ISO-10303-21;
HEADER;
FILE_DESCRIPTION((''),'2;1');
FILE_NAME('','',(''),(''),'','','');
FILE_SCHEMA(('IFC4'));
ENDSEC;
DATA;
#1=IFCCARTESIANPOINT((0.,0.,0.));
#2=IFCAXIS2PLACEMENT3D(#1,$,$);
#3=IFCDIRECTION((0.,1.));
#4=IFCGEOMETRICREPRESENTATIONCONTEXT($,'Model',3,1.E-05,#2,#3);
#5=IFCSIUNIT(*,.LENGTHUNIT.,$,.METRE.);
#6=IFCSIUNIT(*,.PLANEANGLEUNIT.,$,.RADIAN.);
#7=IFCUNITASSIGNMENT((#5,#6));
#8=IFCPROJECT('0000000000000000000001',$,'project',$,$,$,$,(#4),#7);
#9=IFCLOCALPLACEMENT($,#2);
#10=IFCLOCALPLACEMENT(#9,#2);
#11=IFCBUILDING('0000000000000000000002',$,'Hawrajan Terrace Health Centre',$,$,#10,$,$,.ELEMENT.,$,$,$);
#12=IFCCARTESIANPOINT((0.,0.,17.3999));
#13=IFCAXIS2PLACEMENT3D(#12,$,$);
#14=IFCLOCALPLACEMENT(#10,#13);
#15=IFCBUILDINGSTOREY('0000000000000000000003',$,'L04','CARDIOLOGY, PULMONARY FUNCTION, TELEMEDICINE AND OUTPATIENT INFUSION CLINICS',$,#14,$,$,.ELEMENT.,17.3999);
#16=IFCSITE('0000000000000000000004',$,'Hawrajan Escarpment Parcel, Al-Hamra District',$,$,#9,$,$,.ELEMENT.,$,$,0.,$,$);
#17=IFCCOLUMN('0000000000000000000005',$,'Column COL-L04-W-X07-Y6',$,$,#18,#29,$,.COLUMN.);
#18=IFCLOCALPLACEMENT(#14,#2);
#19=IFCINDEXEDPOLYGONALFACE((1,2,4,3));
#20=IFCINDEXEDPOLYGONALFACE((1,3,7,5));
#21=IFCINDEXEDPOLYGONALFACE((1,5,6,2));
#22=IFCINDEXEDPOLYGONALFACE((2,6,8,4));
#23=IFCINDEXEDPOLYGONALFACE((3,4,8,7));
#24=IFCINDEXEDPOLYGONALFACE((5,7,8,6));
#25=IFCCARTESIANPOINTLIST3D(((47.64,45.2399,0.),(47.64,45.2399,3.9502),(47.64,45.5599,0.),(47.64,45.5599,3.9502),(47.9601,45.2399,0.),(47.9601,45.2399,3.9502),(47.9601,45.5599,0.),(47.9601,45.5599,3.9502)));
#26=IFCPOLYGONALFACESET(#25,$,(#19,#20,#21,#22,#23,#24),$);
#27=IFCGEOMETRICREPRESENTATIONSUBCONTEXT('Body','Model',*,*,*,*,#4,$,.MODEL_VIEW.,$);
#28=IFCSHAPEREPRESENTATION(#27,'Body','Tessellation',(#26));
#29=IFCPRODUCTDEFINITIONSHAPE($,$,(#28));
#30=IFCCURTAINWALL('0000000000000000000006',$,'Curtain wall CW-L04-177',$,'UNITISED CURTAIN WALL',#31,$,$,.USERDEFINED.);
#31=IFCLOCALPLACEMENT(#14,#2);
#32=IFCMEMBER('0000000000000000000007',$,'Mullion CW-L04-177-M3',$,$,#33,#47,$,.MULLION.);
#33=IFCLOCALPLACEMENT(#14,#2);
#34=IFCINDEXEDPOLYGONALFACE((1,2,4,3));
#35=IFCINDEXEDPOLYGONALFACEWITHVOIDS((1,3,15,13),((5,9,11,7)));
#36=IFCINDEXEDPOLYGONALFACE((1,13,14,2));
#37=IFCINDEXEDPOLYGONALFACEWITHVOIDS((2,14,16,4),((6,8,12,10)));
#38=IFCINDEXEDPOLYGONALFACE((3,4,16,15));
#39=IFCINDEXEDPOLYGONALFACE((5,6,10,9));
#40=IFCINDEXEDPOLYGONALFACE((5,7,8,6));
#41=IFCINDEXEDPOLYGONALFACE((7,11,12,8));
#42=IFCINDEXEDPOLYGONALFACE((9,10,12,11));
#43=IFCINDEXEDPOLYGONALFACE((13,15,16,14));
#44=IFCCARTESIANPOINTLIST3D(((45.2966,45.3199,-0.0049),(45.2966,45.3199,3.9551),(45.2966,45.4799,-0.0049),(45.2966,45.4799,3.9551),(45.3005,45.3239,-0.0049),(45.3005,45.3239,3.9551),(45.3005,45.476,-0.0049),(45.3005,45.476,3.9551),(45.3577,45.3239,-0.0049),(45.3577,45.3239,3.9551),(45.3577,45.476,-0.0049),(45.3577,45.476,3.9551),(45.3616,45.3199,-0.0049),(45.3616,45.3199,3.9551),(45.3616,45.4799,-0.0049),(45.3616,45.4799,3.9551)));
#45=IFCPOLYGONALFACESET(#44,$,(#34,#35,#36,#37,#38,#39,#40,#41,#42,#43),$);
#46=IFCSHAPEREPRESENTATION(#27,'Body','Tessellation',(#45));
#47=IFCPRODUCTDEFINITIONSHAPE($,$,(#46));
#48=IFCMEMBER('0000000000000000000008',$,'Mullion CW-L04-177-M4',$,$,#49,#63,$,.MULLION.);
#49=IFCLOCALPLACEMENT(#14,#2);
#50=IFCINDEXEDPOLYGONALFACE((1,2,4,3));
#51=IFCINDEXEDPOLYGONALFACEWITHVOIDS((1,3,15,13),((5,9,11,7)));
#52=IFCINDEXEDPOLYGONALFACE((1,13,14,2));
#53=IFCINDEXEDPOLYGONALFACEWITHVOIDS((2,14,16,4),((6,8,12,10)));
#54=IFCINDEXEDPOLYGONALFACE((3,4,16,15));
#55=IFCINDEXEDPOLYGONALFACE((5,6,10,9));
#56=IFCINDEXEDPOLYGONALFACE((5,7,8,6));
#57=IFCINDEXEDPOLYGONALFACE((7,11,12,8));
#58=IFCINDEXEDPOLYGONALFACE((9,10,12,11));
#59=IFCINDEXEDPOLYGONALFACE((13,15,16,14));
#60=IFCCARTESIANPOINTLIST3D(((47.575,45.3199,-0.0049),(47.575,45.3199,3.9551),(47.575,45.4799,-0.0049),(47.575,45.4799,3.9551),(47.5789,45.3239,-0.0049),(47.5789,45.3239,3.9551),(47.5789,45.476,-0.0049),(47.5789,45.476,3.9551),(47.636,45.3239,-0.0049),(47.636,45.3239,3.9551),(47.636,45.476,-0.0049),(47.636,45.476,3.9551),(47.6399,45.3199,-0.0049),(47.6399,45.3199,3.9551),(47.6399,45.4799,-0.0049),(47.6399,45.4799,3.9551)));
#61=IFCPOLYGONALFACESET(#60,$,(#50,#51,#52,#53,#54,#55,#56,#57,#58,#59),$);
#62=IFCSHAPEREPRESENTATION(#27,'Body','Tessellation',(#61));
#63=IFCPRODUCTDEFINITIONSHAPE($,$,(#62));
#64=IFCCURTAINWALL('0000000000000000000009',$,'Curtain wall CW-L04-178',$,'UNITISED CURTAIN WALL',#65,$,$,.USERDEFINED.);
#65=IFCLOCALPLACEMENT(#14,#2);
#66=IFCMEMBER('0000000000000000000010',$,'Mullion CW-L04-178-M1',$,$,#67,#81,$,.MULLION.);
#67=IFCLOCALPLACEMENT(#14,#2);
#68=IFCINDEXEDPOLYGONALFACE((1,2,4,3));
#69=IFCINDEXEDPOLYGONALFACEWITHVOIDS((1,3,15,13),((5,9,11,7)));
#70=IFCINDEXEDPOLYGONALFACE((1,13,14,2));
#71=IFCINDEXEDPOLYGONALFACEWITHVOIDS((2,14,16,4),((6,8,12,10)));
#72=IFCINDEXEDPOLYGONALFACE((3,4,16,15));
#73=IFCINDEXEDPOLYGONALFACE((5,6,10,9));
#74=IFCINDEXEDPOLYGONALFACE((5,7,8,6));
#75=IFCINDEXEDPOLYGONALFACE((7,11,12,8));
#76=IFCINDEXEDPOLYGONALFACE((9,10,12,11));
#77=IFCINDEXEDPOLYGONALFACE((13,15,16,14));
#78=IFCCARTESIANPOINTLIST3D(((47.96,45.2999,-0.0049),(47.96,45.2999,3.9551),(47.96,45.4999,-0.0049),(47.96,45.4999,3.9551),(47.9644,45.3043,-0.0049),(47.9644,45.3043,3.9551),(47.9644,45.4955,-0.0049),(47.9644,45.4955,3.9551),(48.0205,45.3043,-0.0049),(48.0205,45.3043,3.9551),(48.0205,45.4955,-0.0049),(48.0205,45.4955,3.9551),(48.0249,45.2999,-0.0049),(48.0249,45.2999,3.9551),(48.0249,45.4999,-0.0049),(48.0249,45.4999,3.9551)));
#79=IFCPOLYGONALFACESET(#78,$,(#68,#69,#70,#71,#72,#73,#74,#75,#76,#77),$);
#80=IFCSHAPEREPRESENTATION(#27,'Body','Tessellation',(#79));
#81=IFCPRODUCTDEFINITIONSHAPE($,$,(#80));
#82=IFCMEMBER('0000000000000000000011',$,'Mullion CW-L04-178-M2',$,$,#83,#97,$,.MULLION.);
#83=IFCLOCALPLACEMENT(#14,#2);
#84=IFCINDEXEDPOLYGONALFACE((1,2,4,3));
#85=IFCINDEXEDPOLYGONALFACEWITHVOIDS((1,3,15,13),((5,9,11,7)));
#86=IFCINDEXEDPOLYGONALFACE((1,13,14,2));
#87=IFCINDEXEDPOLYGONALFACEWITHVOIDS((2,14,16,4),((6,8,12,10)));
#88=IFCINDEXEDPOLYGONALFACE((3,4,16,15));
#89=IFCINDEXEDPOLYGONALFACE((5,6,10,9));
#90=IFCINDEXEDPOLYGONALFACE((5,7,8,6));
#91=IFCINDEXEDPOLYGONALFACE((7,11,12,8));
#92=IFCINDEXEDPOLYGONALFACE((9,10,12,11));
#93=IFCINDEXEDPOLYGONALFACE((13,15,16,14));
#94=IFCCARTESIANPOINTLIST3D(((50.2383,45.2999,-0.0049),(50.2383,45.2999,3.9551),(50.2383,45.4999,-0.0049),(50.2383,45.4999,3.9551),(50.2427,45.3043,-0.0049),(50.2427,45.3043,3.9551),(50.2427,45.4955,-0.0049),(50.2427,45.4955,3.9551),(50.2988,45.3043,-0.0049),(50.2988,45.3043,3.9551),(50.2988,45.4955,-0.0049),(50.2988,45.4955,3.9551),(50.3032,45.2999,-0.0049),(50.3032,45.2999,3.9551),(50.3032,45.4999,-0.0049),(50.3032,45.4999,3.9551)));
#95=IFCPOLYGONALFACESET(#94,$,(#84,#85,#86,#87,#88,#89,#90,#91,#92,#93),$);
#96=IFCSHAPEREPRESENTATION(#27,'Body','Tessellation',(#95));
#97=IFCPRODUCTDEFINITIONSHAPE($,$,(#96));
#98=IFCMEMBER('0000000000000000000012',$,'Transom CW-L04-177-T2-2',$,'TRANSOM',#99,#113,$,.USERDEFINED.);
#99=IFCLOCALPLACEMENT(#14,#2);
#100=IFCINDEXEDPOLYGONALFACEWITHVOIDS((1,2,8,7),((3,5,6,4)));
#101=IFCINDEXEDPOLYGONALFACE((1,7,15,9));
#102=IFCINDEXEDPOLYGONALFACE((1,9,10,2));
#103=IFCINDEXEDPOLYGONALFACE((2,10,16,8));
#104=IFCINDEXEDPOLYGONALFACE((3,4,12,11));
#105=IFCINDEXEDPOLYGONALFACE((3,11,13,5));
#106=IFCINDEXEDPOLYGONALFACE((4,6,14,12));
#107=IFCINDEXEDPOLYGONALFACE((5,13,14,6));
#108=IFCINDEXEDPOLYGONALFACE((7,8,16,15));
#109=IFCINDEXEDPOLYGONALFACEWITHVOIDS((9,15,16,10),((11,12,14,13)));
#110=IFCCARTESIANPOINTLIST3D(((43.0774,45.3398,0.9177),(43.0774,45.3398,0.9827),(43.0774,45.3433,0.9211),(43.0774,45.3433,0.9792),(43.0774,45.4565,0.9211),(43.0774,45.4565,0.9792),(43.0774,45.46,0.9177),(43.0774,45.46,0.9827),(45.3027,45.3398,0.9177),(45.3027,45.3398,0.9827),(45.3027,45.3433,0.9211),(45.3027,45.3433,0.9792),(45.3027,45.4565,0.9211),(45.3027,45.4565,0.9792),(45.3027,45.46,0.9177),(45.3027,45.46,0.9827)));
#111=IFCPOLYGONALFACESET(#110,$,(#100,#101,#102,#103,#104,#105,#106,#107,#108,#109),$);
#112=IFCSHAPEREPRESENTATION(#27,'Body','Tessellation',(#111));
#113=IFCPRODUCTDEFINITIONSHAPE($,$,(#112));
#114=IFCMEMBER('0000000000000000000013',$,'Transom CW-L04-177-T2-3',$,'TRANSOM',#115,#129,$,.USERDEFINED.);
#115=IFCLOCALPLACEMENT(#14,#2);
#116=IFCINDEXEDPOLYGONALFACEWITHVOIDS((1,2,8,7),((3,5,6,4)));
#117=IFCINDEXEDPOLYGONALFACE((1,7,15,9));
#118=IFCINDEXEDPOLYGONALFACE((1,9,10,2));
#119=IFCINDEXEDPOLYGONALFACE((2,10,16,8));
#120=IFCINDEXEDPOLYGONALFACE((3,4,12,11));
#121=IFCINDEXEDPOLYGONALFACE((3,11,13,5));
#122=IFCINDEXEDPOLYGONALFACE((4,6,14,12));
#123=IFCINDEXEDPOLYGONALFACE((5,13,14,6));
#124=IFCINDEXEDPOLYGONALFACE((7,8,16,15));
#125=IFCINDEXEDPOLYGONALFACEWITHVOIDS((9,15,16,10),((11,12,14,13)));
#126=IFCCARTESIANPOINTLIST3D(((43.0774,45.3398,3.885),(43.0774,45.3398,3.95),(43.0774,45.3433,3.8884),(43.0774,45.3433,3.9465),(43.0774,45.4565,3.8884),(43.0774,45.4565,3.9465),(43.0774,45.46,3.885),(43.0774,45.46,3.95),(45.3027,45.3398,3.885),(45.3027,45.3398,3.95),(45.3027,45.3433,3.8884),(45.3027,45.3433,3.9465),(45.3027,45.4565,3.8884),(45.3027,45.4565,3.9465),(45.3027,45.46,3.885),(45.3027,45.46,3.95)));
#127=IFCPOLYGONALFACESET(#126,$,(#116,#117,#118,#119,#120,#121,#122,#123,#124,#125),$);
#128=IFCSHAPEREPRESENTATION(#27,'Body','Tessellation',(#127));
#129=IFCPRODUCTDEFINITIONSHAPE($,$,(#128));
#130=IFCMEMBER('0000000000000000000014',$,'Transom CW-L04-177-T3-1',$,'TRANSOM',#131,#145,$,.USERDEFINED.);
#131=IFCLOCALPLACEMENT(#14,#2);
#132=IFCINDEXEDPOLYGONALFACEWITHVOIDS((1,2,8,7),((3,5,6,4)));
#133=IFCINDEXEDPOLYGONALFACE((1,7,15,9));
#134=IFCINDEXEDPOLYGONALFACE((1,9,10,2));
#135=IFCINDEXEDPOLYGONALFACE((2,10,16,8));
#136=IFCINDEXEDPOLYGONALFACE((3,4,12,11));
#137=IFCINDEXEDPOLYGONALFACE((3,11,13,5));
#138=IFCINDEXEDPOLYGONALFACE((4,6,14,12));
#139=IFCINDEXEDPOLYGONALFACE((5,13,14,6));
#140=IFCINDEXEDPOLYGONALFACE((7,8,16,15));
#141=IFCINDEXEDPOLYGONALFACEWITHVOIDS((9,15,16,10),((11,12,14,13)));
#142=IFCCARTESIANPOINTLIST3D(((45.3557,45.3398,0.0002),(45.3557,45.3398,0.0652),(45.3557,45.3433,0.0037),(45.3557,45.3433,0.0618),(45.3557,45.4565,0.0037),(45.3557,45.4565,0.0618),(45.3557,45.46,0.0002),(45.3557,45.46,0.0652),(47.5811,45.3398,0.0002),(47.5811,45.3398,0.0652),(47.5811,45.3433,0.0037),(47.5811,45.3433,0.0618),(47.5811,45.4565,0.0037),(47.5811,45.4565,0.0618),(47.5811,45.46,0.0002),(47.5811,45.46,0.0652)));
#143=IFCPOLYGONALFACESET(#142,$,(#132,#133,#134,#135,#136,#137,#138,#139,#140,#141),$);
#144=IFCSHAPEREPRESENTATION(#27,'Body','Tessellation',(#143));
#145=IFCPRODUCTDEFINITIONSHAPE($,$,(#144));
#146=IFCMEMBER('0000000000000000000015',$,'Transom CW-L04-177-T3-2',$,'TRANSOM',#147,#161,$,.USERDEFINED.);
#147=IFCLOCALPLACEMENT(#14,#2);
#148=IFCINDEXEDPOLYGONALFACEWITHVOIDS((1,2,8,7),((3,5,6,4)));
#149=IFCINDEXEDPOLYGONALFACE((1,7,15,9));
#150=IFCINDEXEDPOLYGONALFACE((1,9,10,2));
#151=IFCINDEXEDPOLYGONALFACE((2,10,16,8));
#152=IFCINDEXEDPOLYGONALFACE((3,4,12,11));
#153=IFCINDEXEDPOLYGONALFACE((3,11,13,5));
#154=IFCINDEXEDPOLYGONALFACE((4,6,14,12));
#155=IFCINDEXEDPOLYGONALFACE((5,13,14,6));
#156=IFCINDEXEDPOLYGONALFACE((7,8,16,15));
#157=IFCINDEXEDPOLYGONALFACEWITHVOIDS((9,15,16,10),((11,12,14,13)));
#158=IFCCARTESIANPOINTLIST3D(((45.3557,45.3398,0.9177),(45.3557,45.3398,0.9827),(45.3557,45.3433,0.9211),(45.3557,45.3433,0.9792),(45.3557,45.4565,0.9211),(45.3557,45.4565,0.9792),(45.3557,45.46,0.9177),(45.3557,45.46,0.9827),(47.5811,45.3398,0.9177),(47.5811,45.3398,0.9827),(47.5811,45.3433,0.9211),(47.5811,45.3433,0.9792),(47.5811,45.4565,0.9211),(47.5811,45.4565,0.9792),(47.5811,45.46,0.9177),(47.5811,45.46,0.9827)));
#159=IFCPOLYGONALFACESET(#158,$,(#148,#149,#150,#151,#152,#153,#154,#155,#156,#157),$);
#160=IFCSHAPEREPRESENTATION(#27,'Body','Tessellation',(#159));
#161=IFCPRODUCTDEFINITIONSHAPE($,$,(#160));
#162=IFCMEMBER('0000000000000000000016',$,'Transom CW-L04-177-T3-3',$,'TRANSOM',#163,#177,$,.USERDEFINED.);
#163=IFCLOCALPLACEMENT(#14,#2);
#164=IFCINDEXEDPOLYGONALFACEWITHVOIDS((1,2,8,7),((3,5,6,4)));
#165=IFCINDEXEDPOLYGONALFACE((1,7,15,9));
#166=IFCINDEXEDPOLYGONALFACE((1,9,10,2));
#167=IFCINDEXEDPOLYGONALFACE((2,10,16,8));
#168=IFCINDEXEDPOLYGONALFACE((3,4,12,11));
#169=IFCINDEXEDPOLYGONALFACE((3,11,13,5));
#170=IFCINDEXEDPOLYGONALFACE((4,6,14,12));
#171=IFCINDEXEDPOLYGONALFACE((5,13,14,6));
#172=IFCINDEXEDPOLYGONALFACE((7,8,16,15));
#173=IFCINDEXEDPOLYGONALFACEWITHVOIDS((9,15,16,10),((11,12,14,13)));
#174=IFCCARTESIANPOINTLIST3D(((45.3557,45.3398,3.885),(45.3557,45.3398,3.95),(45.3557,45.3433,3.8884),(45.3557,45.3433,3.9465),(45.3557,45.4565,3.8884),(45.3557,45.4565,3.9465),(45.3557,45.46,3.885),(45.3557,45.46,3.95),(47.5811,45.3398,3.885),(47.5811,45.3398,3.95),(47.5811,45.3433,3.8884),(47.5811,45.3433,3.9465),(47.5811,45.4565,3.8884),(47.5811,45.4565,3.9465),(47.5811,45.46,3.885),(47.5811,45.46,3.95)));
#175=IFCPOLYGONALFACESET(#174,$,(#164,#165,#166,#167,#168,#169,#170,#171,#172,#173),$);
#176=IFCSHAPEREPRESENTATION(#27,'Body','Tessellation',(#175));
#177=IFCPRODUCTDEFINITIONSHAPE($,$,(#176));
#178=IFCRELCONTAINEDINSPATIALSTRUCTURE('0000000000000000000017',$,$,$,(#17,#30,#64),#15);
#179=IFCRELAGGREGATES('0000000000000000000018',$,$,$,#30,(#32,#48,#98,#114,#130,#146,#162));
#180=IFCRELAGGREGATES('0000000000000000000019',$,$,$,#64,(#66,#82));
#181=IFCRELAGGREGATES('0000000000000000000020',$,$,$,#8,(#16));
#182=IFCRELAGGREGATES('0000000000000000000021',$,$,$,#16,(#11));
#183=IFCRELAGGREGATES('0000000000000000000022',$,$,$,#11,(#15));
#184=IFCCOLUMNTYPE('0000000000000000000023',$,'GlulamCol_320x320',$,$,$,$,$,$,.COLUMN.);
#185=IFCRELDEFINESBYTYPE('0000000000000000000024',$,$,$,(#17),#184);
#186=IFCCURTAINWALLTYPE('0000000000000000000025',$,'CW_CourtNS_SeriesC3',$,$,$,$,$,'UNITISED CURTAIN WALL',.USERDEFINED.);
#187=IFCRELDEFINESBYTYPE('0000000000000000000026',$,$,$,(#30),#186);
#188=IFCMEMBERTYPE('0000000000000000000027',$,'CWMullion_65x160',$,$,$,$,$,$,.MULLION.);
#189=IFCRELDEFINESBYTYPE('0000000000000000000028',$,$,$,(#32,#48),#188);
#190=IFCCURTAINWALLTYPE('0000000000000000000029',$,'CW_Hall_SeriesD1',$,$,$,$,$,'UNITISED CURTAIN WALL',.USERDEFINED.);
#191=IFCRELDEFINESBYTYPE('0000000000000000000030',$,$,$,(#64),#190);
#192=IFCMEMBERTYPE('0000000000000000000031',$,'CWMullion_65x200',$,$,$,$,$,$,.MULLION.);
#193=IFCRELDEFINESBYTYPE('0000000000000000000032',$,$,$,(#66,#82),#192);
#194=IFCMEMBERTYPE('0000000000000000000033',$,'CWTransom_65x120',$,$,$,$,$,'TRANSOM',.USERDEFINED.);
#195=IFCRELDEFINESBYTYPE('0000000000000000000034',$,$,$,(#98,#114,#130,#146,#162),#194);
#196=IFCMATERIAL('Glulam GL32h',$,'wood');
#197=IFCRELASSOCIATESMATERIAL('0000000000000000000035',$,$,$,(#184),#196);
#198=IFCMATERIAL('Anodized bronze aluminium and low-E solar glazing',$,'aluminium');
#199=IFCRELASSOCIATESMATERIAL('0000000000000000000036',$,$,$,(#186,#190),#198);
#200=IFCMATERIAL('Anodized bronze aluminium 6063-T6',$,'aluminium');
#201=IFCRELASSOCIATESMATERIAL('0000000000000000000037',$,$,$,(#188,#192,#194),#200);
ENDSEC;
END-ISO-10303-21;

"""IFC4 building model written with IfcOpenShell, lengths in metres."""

from ifc_helpers import new_model, si_unit, direction, frame, origin, origin_2d, place, context, subcontext, project, spatial, rectangle, hollow_rectangle, extrude, material, material_profile, profile_set, type_object, element, aggregate, save


model = new_model("IFC4")

# Units and contexts
model_context = context("Model", 3, precision=1e-05, world=origin(), true_north=direction((0.0, 1.0)))
body_context = subcontext(model_context, "Body", "Model", "MODEL_VIEW")
ifc_project = project(units=[si_unit("LENGTHUNIT", "METRE"), si_unit("PLANEANGLEUNIT", "RADIAN")], contexts=[model_context])

# Site, building, storey
site_placement = place(None, origin())
site = spatial("IfcSite", under=ifc_project, at=site_placement, Name="Hawrajan Escarpment Parcel, Al-Hamra District", CompositionType="ELEMENT", RefElevation=0.0)
building_placement = place(site_placement, origin())
building = spatial("IfcBuilding", under=site, at=building_placement, Name="Hawrajan Terrace Health Centre", CompositionType="ELEMENT")
storey_placement = place(building_placement, frame((0.0, 0.0, 17.3999)))
storey = spatial("IfcBuildingStorey", under=building, at=storey_placement, Name="L04", Description="CARDIOLOGY, PULMONARY FUNCTION, TELEMEDICINE AND OUTPATIENT INFUSION CLINICS", CompositionType="ELEMENT", Elevation=17.3999)

# Column
ifc_material_1 = material(Name="Glulam GL32h", Category="wood")
ifc_material_profile_1 = material_profile(ifc_material_1, rectangle(XDim=0.3201, YDim=0.3201, at=origin_2d()), Name="GL 320x320")
ifc_profile_set_1 = profile_set([ifc_material_profile_1], Name="Glulam GL32h")
column_type = type_object("IfcColumnType", Name="GlulamCol_320x320", PredefinedType="COLUMN", material=ifc_profile_set_1)
column_placement = place(storey_placement, frame((47.8, 45.3999, 0.0), z_axis=(0.0, 0.0, 1.0), x_axis=(1.0, 0.0, 0.0)))
element("IfcColumn", 1, at=column_placement, inside=storey, type_object=column_type, Name="Column COL-L04-W-X07-Y6", PredefinedType="COLUMN", context=body_context, shape_type="SweptSolid", body=[
    extrude(rectangle(XDim=0.3201, YDim=0.3201, at=origin_2d()), origin(), (0.0, 0.0, 1.0), 3.9502),
])

# Curtain walls, members
ifc_material_2 = material(Name="Anodized bronze aluminium and low-E solar glazing", Category="aluminium")
curtain_wall_type_1 = type_object("IfcCurtainWallType", Name="CW_CourtNS_SeriesC3", ElementType="UNITISED CURTAIN WALL", PredefinedType="USERDEFINED", material=ifc_material_2)
curtain_wall_1_placement = place(storey_placement, origin())
curtain_wall_1 = element("IfcCurtainWall", 2, at=curtain_wall_1_placement, inside=storey, type_object=curtain_wall_type_1, Name="Curtain wall CW-L04-177", ObjectType="UNITISED CURTAIN WALL", PredefinedType="USERDEFINED")
ifc_material_3 = material(Name="Anodized bronze aluminium 6063-T6", Category="aluminium")
ifc_material_profile_2 = material_profile(ifc_material_3, hollow_rectangle(XDim=0.0649, YDim=0.1599, WallThickness=0.0039, at=origin_2d()), Name="CW MUL 65x160")
ifc_profile_set_2 = profile_set([ifc_material_profile_2], Name="Anodized bronze aluminium 6063-T6")
member_type_1 = type_object("IfcMemberType", Name="CWMullion_65x160", PredefinedType="MULLION", material=ifc_profile_set_2)
member_1_placement = place(storey_placement, frame((45.3291, 45.3999, -0.0049), z_axis=(0.0, 0.0, 1.0), x_axis=(1.0, 0.0, 0.0)))
member_1 = element("IfcMember", 3, at=member_1_placement, type_object=member_type_1, Name="Mullion CW-L04-177-M3", PredefinedType="MULLION", context=body_context, shape_type="SweptSolid", body=[
    extrude(hollow_rectangle(XDim=0.0649, YDim=0.1599, WallThickness=0.0039, at=origin_2d()), origin(), (0.0, 0.0, 1.0), 3.96),
])
member_2_placement = place(storey_placement, frame((47.6074, 45.3999, -0.0049), z_axis=(0.0, 0.0, 1.0), x_axis=(1.0, 0.0, 0.0)))
member_2 = element("IfcMember", 4, at=member_2_placement, type_object=member_type_1, Name="Mullion CW-L04-177-M4", PredefinedType="MULLION", context=body_context, shape_type="SweptSolid", body=[
    extrude(hollow_rectangle(XDim=0.0649, YDim=0.1599, WallThickness=0.0039, at=origin_2d()), origin(), (0.0, 0.0, 1.0), 3.96),
])
curtain_wall_type_2 = type_object("IfcCurtainWallType", Name="CW_Hall_SeriesD1", ElementType="UNITISED CURTAIN WALL", PredefinedType="USERDEFINED", material=ifc_material_2)
curtain_wall_2_placement = place(storey_placement, origin())
curtain_wall_2 = element("IfcCurtainWall", 5, at=curtain_wall_2_placement, inside=storey, type_object=curtain_wall_type_2, Name="Curtain wall CW-L04-178", ObjectType="UNITISED CURTAIN WALL", PredefinedType="USERDEFINED")
ifc_material_profile_3 = material_profile(ifc_material_3, hollow_rectangle(XDim=0.0649, YDim=0.2, WallThickness=0.0044, at=origin_2d()), Name="CW MUL 65x200")
ifc_profile_set_3 = profile_set([ifc_material_profile_3], Name="Anodized bronze aluminium 6063-T6")
member_type_2 = type_object("IfcMemberType", Name="CWMullion_65x200", PredefinedType="MULLION", material=ifc_profile_set_3)
member_3_placement = place(storey_placement, frame((47.9924, 45.3999, -0.0049), z_axis=(0.0, 0.0, 1.0), x_axis=(1.0, 0.0, 0.0)))
member_3 = element("IfcMember", 6, at=member_3_placement, type_object=member_type_2, Name="Mullion CW-L04-178-M1", PredefinedType="MULLION", context=body_context, shape_type="SweptSolid", body=[
    extrude(hollow_rectangle(XDim=0.0649, YDim=0.2, WallThickness=0.0044, at=origin_2d()), origin(), (0.0, 0.0, 1.0), 3.96),
])
member_4_placement = place(storey_placement, frame((50.2708, 45.3999, -0.0049), z_axis=(0.0, 0.0, 1.0), x_axis=(1.0, 0.0, 0.0)))
member_4 = element("IfcMember", 7, at=member_4_placement, type_object=member_type_2, Name="Mullion CW-L04-178-M2", PredefinedType="MULLION", context=body_context, shape_type="SweptSolid", body=[
    extrude(hollow_rectangle(XDim=0.0649, YDim=0.2, WallThickness=0.0044, at=origin_2d()), origin(), (0.0, 0.0, 1.0), 3.96),
])

# Members
ifc_material_profile_4 = material_profile(ifc_material_3, hollow_rectangle(XDim=0.0649, YDim=0.1201, WallThickness=0.0034, at=origin_2d()), Name="CW TRN 65x120")
ifc_profile_set_4 = profile_set([ifc_material_profile_4], Name="Anodized bronze aluminium 6063-T6")
member_type_3 = type_object("IfcMemberType", Name="CWTransom_65x120", ElementType="TRANSOM", PredefinedType="USERDEFINED", material=ifc_profile_set_4)
member_5_placement = place(storey_placement, frame((43.0774, 45.3999, 0.9502), z_axis=(1.0, 0.0, 0.0), x_axis=(0.0, 0.0, 1.0)))
member_5 = element("IfcMember", 8, at=member_5_placement, type_object=member_type_3, Name="Transom CW-L04-177-T2-2", ObjectType="TRANSOM", PredefinedType="USERDEFINED", context=body_context, shape_type="SweptSolid", body=[
    extrude(hollow_rectangle(XDim=0.0649, YDim=0.1201, WallThickness=0.0034, at=origin_2d()), origin(), (0.0, 0.0, 1.0), 2.2253),
])
member_6_placement = place(storey_placement, frame((43.0774, 45.3999, 3.9175), z_axis=(1.0, 0.0, 0.0), x_axis=(0.0, 0.0, 1.0)))
member_6 = element("IfcMember", 9, at=member_6_placement, type_object=member_type_3, Name="Transom CW-L04-177-T2-3", ObjectType="TRANSOM", PredefinedType="USERDEFINED", context=body_context, shape_type="SweptSolid", body=[
    extrude(hollow_rectangle(XDim=0.0649, YDim=0.1201, WallThickness=0.0034, at=origin_2d()), origin(), (0.0, 0.0, 1.0), 2.2253),
])
member_7_placement = place(storey_placement, frame((45.3557, 45.3999, 0.0327), z_axis=(1.0, 0.0, 0.0), x_axis=(0.0, 0.0, 1.0)))
member_7 = element("IfcMember", 10, at=member_7_placement, type_object=member_type_3, Name="Transom CW-L04-177-T3-1", ObjectType="TRANSOM", PredefinedType="USERDEFINED", context=body_context, shape_type="SweptSolid", body=[
    extrude(hollow_rectangle(XDim=0.0649, YDim=0.1201, WallThickness=0.0034, at=origin_2d()), origin(), (0.0, 0.0, 1.0), 2.2253),
])
member_8_placement = place(storey_placement, frame((45.3557, 45.3999, 0.9502), z_axis=(1.0, 0.0, 0.0), x_axis=(0.0, 0.0, 1.0)))
member_8 = element("IfcMember", 11, at=member_8_placement, type_object=member_type_3, Name="Transom CW-L04-177-T3-2", ObjectType="TRANSOM", PredefinedType="USERDEFINED", context=body_context, shape_type="SweptSolid", body=[
    extrude(hollow_rectangle(XDim=0.0649, YDim=0.1201, WallThickness=0.0034, at=origin_2d()), origin(), (0.0, 0.0, 1.0), 2.2253),
])
member_9_placement = place(storey_placement, frame((45.3557, 45.3999, 3.9175), z_axis=(1.0, 0.0, 0.0), x_axis=(0.0, 0.0, 1.0)))
member_9 = element("IfcMember", 12, at=member_9_placement, type_object=member_type_3, Name="Transom CW-L04-177-T3-3", ObjectType="TRANSOM", PredefinedType="USERDEFINED", context=body_context, shape_type="SweptSolid", body=[
    extrude(hollow_rectangle(XDim=0.0649, YDim=0.1201, WallThickness=0.0034, at=origin_2d()), origin(), (0.0, 0.0, 1.0), 2.2253),
])

aggregate(curtain_wall_1, [member_1, member_2, member_5, member_6, member_7, member_8, member_9])
aggregate(curtain_wall_2, [member_3, member_4])

save(model, "model.ifc")
